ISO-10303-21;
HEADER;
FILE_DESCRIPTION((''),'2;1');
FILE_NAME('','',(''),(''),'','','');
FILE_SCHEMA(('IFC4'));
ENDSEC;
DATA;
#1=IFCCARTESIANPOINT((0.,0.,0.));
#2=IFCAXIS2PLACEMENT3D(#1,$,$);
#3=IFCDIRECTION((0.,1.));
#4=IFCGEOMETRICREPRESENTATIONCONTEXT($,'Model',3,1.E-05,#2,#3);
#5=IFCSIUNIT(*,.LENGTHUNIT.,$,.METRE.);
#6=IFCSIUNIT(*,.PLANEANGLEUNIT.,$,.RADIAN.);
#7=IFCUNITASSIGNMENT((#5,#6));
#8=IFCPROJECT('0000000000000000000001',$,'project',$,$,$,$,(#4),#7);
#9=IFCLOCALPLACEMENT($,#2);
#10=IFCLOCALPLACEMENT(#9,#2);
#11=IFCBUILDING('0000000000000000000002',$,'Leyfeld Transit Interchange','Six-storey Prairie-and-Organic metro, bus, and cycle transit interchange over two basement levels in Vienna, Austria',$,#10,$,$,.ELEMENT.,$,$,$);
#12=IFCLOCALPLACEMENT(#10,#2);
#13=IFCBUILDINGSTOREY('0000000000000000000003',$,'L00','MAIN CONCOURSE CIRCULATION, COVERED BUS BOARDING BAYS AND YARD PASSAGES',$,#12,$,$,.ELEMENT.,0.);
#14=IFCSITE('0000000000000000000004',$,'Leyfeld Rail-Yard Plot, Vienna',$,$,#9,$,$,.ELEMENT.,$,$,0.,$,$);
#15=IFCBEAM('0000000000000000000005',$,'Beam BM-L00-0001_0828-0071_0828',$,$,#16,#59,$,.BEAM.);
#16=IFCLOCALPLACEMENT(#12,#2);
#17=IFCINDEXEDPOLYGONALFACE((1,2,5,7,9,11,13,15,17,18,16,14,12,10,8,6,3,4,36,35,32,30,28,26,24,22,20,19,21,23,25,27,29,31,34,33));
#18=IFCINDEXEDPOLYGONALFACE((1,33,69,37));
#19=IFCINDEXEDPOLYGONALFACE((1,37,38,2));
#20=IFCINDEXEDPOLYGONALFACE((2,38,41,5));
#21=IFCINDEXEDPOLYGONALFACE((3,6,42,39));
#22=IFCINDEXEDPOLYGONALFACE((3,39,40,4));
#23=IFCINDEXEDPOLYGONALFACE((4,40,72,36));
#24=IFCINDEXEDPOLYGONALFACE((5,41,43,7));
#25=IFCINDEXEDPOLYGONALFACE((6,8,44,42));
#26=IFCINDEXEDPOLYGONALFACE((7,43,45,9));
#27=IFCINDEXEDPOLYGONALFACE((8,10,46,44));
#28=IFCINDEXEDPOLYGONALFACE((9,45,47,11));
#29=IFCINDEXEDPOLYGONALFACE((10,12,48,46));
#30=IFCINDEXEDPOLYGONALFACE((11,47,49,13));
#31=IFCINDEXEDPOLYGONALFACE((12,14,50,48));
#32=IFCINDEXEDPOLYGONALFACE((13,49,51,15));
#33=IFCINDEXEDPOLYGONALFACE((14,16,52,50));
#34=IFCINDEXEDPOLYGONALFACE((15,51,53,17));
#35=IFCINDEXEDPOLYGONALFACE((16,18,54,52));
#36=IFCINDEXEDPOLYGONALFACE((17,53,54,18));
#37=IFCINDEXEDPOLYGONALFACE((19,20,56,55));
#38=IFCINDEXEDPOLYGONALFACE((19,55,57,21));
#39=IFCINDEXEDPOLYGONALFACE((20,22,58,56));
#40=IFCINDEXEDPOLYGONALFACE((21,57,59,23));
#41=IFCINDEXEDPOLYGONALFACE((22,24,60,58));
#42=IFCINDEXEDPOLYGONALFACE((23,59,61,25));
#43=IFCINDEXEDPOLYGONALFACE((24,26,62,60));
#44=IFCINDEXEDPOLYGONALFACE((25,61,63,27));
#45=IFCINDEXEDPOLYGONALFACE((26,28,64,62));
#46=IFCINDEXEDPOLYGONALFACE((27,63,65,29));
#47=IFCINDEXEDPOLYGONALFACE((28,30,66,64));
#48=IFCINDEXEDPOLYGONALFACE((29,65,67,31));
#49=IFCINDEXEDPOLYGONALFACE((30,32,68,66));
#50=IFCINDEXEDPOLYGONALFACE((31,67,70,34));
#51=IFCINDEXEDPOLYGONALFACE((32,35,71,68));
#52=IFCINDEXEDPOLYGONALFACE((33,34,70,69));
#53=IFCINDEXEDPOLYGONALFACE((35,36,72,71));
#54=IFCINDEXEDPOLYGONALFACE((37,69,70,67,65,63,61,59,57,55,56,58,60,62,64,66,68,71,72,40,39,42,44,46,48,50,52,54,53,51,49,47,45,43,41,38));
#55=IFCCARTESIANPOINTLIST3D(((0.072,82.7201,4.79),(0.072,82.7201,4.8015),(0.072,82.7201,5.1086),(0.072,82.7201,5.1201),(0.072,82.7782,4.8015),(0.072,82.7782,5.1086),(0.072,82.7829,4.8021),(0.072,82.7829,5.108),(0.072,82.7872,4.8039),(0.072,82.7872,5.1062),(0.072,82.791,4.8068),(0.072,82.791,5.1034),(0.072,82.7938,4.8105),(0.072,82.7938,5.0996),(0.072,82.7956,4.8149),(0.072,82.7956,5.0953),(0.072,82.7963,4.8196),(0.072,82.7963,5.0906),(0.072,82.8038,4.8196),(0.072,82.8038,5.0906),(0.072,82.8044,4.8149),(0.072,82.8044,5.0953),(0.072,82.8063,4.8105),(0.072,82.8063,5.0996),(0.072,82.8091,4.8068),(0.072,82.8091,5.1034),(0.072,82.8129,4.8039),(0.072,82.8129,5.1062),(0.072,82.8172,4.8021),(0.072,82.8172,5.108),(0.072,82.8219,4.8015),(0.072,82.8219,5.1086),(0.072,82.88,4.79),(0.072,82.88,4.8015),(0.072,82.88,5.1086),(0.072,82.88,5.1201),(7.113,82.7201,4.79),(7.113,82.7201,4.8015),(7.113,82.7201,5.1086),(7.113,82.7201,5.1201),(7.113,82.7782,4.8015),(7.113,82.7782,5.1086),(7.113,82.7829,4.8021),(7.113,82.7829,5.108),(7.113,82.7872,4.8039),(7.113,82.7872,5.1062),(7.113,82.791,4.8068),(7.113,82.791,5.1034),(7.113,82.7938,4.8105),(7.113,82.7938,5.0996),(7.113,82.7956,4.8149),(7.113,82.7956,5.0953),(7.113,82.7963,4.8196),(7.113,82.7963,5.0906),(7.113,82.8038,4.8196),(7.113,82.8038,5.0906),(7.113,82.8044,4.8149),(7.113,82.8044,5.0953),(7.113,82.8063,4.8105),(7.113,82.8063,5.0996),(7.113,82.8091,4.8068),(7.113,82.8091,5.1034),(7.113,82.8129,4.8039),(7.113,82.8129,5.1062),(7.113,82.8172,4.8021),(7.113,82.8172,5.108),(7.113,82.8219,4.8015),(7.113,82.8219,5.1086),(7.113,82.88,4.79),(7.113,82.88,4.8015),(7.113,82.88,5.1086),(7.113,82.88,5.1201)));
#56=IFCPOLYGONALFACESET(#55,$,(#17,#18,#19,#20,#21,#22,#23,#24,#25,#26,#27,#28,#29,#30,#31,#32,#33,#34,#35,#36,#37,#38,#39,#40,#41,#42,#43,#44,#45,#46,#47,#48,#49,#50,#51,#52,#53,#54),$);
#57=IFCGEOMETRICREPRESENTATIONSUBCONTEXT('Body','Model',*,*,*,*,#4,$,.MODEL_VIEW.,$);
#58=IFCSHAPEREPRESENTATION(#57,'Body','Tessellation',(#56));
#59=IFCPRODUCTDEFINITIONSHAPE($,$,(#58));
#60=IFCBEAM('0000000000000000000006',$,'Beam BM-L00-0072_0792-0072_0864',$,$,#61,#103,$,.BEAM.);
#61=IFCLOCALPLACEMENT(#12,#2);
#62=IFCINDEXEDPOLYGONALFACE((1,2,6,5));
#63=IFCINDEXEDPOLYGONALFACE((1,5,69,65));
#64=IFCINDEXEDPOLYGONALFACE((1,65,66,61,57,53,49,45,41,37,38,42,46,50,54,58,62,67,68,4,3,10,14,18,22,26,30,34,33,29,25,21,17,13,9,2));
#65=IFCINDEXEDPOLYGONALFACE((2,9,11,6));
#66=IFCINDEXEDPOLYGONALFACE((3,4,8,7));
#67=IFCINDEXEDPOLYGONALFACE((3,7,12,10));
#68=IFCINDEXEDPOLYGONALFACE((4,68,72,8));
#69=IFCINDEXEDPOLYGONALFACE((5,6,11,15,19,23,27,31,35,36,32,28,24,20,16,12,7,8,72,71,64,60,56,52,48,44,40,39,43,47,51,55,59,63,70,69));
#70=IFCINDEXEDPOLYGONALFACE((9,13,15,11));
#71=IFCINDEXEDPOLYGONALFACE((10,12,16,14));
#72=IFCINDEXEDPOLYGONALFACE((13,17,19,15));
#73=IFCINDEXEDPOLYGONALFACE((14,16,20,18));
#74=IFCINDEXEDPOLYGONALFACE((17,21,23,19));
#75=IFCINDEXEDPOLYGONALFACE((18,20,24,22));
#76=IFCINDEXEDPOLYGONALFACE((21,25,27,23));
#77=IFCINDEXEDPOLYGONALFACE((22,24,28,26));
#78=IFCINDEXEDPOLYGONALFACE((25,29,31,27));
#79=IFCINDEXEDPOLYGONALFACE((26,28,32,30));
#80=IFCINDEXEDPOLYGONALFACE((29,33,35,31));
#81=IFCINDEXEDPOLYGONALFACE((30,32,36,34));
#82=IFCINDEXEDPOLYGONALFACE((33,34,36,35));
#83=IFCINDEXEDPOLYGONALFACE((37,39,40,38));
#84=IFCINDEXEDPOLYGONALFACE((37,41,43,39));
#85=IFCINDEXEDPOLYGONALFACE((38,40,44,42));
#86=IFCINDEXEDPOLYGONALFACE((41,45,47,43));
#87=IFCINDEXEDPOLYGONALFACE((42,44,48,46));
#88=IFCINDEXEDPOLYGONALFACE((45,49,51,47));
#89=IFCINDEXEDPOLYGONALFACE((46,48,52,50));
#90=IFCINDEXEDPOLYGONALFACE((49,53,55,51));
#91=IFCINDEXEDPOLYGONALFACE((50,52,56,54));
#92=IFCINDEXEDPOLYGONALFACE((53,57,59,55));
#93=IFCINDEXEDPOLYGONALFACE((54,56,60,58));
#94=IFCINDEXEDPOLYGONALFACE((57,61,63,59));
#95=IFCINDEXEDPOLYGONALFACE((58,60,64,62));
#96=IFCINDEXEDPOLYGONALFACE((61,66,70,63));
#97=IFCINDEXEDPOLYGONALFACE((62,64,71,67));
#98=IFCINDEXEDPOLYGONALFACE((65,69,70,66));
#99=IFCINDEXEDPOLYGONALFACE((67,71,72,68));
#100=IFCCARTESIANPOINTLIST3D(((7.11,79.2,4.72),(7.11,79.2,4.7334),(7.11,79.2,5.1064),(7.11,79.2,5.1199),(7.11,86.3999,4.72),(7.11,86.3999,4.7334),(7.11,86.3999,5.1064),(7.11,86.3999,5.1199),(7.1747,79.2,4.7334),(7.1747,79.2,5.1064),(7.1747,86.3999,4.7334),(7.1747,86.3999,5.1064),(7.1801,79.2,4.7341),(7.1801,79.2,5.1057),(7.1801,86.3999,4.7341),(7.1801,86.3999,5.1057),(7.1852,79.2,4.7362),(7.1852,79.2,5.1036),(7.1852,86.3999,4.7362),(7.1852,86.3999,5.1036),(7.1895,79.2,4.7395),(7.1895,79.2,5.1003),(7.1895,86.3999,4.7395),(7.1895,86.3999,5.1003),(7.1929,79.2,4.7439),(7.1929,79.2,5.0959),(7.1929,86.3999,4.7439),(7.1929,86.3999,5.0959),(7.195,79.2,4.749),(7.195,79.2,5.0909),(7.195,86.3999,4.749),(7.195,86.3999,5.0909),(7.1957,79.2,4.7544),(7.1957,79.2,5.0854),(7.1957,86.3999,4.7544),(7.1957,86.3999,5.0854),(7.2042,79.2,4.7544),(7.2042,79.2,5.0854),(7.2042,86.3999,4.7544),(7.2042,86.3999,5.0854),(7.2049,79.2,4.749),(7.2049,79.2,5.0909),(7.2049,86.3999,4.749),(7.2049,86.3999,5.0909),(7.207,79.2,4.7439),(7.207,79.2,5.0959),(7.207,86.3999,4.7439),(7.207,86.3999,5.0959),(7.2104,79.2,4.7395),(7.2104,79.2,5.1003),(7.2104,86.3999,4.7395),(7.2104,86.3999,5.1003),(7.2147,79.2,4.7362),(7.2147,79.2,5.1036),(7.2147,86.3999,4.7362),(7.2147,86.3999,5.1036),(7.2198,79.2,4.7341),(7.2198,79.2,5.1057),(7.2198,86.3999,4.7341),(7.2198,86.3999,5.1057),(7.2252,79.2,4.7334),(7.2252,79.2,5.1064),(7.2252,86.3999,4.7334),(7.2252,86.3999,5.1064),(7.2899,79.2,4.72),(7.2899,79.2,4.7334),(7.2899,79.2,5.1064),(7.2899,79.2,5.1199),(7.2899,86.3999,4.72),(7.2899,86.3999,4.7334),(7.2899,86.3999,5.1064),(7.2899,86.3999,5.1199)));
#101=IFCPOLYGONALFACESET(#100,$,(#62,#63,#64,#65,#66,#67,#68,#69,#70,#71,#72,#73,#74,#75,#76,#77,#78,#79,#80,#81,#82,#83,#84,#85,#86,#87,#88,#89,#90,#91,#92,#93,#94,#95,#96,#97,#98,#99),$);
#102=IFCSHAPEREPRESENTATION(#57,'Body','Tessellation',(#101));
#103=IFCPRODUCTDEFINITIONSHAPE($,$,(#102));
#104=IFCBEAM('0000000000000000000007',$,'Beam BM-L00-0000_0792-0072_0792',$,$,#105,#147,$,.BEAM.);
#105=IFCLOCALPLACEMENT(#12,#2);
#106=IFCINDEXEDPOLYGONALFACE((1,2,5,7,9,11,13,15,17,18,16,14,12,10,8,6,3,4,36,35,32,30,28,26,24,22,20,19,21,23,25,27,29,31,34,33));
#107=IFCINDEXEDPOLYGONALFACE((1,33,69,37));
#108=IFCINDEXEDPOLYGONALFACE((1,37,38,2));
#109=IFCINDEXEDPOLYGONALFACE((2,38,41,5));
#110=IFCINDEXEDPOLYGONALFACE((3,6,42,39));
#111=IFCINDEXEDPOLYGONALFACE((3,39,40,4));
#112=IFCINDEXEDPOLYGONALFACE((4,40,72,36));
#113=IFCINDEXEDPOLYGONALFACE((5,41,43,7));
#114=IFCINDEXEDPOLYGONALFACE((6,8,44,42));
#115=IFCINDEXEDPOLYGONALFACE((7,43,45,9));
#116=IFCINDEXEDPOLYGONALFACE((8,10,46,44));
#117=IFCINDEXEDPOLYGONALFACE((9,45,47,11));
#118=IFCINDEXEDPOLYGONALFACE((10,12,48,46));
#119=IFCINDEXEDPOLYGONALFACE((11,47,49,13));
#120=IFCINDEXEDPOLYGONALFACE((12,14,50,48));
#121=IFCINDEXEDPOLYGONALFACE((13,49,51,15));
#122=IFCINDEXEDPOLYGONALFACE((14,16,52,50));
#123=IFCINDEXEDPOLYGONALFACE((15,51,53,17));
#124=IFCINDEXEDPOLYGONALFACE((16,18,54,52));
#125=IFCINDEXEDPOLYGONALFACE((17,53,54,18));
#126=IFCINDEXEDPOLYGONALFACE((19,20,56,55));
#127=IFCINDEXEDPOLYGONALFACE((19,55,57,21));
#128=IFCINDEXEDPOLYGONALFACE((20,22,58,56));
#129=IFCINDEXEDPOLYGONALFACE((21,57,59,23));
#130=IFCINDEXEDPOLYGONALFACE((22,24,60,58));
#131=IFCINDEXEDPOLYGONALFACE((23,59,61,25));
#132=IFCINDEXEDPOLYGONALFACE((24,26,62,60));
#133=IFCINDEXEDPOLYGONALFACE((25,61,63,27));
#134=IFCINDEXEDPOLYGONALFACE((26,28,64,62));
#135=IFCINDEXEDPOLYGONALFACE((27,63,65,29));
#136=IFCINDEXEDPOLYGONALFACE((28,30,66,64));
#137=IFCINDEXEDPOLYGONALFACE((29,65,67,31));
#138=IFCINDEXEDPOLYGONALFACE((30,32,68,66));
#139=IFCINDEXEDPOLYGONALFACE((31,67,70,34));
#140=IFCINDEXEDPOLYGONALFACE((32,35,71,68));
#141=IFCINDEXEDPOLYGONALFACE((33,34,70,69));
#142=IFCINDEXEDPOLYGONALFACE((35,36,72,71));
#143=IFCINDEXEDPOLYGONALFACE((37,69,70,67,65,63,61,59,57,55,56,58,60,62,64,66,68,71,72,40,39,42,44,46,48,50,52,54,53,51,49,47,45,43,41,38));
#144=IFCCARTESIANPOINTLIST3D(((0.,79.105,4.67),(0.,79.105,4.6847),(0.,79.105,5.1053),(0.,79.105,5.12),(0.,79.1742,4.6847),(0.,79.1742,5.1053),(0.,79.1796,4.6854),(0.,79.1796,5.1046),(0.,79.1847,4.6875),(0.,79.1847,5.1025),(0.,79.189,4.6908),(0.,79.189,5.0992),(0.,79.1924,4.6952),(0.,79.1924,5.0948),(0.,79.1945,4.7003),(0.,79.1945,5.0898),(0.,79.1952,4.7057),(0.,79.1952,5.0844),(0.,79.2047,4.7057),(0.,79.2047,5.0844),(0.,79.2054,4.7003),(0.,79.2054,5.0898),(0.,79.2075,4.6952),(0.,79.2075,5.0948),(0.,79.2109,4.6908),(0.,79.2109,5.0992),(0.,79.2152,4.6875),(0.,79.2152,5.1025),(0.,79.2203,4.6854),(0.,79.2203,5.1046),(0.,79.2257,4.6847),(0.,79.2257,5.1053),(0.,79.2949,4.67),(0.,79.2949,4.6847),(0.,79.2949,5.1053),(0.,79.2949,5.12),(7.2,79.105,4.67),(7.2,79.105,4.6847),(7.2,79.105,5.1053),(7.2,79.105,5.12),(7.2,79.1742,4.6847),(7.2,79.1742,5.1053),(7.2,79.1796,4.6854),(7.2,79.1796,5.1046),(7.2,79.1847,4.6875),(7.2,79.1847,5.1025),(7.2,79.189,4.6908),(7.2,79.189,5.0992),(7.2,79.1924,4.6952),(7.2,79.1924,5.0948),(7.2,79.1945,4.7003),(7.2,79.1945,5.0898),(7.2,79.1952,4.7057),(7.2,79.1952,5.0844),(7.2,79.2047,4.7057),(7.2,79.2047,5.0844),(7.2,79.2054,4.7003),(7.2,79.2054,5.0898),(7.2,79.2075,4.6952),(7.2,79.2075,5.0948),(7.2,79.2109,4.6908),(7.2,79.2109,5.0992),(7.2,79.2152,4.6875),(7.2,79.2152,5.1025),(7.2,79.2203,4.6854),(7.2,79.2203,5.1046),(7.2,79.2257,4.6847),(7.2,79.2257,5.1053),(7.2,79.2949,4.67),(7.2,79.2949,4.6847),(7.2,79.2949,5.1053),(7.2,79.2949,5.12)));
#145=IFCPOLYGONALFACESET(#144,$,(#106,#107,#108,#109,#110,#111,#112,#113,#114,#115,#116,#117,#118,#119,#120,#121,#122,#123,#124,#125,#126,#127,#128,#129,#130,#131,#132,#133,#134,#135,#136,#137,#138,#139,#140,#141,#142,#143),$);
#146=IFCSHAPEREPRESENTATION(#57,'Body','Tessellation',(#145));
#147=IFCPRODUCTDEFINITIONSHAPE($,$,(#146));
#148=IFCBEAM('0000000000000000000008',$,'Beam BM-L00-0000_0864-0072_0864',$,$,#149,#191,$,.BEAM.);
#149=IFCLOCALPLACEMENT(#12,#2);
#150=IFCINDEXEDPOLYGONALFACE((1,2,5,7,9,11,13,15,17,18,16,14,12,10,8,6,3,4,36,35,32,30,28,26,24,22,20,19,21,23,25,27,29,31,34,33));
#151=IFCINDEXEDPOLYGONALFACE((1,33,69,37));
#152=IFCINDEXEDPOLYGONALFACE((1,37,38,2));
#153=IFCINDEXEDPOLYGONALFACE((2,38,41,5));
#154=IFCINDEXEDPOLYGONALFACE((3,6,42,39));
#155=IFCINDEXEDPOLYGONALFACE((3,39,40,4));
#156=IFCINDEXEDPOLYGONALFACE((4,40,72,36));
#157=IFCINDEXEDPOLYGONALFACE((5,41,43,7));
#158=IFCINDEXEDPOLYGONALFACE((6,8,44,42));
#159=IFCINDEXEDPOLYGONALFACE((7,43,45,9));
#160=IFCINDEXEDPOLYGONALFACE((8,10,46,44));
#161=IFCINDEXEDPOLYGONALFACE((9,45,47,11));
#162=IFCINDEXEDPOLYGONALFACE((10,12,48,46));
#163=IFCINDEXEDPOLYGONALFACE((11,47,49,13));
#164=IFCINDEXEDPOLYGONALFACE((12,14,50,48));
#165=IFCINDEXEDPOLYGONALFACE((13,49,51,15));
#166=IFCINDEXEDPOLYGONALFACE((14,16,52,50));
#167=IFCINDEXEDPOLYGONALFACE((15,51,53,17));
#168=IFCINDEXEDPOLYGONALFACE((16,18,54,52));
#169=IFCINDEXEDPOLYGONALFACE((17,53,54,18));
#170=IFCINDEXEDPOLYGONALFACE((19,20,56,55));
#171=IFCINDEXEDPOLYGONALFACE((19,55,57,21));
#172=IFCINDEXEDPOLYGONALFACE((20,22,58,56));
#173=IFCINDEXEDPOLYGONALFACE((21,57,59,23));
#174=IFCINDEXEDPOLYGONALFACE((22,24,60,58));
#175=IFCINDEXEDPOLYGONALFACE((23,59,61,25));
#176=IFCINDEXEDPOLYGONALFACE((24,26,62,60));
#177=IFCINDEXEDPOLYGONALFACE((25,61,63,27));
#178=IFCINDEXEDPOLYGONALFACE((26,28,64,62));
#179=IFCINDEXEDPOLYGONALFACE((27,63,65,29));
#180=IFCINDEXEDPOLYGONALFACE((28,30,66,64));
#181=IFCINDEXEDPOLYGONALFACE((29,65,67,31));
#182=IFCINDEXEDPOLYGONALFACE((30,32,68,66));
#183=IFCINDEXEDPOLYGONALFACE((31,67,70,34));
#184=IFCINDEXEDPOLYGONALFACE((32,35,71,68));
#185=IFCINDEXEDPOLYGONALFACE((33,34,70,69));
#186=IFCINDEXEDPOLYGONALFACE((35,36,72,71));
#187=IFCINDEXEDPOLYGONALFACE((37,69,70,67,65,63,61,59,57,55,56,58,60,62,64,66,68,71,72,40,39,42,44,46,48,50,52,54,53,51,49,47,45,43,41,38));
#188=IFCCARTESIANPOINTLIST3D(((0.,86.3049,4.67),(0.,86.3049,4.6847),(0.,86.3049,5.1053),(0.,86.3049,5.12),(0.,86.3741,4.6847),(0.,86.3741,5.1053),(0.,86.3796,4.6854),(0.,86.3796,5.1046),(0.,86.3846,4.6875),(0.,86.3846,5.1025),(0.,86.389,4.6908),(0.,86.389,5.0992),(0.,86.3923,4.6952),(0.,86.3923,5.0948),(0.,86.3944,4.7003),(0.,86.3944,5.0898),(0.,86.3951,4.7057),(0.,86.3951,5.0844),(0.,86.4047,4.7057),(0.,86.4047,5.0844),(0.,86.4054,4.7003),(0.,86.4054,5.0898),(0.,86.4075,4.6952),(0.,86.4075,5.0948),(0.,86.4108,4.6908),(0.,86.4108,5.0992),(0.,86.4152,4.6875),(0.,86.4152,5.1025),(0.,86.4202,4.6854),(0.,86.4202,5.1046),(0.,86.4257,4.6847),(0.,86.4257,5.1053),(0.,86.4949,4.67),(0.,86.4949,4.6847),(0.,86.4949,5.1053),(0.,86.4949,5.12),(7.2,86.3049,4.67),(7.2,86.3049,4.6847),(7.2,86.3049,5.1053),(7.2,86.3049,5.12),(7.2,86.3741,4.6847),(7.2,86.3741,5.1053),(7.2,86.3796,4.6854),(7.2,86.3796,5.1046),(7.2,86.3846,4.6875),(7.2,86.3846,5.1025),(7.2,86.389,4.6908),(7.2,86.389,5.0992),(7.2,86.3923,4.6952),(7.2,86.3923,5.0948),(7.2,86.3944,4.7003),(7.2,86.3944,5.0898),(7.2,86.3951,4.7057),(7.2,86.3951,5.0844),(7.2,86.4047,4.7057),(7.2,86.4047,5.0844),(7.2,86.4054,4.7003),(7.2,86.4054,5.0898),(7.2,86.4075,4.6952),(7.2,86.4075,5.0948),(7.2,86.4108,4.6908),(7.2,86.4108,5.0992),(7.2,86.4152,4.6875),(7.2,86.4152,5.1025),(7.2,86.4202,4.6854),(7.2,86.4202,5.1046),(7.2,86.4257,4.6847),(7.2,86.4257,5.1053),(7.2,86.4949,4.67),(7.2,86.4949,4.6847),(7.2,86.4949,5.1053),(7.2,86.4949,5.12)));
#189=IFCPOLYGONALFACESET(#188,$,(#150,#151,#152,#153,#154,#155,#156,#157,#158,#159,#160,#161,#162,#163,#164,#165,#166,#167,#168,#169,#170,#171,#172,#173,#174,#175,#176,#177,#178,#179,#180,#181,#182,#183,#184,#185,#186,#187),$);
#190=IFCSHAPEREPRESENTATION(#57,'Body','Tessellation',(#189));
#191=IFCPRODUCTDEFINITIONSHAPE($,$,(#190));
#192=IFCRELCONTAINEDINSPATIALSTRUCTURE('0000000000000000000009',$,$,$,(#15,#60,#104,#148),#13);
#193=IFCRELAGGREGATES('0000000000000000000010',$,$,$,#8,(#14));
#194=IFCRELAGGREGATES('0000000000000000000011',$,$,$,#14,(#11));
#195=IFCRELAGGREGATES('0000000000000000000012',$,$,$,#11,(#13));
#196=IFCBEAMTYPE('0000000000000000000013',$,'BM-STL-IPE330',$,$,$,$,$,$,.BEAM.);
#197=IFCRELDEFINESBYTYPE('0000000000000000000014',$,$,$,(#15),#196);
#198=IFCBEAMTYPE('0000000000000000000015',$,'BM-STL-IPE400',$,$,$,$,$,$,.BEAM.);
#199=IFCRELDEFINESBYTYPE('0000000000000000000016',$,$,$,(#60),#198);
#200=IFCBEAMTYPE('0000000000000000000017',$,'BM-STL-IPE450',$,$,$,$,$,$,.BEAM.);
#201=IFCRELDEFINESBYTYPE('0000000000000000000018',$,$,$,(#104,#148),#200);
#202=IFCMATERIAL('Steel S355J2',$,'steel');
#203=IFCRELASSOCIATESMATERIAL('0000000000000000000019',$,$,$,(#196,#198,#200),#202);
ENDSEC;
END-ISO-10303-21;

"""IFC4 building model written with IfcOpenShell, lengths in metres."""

from ifc_helpers import new_model, si_unit, direction, frame, origin, origin_2d, place, context, subcontext, project, spatial, i_section, extrude, material, material_profile, profile_set, type_object, element, save


model = new_model("IFC4")

# Units and contexts
model_context = context("Model", 3, precision=1e-05, world=origin(), true_north=direction((0.0, 1.0)))
body_context = subcontext(model_context, "Body", "Model", "MODEL_VIEW")
ifc_project = project(units=[si_unit("LENGTHUNIT", "METRE"), si_unit("PLANEANGLEUNIT", "RADIAN")], contexts=[model_context])

# Site, building, storey
site_placement = place(None, origin())
site = spatial("IfcSite", under=ifc_project, at=site_placement, Name="Leyfeld Rail-Yard Plot, Vienna", CompositionType="ELEMENT", RefElevation=0.0)
building_placement = place(site_placement, origin())
building = spatial("IfcBuilding", under=site, at=building_placement, Name="Leyfeld Transit Interchange", Description="Six-storey Prairie-and-Organic metro, bus, and cycle transit interchange over two basement levels in Vienna, Austria", CompositionType="ELEMENT")
storey_placement = place(building_placement, origin())
storey = spatial("IfcBuildingStorey", under=building, at=storey_placement, Name="L00", Description="MAIN CONCOURSE CIRCULATION, COVERED BUS BOARDING BAYS AND YARD PASSAGES", CompositionType="ELEMENT", Elevation=0.0)

# Beams
ifc_material_1 = material(Name="Steel S355J2", Category="steel")
ifc_material_profile_1 = material_profile(ifc_material_1, i_section(OverallWidth=0.1599, OverallDepth=0.3301, WebThickness=0.0076, FlangeThickness=0.0115, FilletRadius=0.0181, at=origin_2d()), Name="IPE 330")
ifc_profile_set_1 = profile_set([ifc_material_profile_1], Name="Steel S355J2")
beam_type_1 = type_object("IfcBeamType", Name="BM-STL-IPE330", PredefinedType="BEAM", material=ifc_profile_set_1)
beam_1_placement = place(storey_placement, frame((0.072, 82.8, 4.9551), z_axis=(1.0, 0.0, 0.0), x_axis=(0.0, 1.0, 0.0)))
element("IfcBeam", 1, at=beam_1_placement, inside=storey, type_object=beam_type_1, Name="Beam BM-L00-0001_0828-0071_0828", PredefinedType="BEAM", context=body_context, shape_type="SweptSolid", body=[
    extrude(i_section(OverallWidth=0.1599, OverallDepth=0.3301, WebThickness=0.0076, FlangeThickness=0.0115, FilletRadius=0.0181, at=origin_2d()), origin(), (0.0, 0.0, 1.0), 7.041),
])
ifc_material_profile_2 = material_profile(ifc_material_1, i_section(OverallWidth=0.1799, OverallDepth=0.3999, WebThickness=0.0085, FlangeThickness=0.0134, FilletRadius=0.021, at=origin_2d()), Name="IPE 400")
ifc_profile_set_2 = profile_set([ifc_material_profile_2], Name="Steel S355J2")
beam_type_2 = type_object("IfcBeamType", Name="BM-STL-IPE400", PredefinedType="BEAM", material=ifc_profile_set_2)
beam_2_placement = place(storey_placement, frame((7.2, 79.2, 4.9199), z_axis=(0.0, 1.0, 0.0), x_axis=(-1.0, 0.0, 0.0)))
element("IfcBeam", 2, at=beam_2_placement, inside=storey, type_object=beam_type_2, Name="Beam BM-L00-0072_0792-0072_0864", PredefinedType="BEAM", context=body_context, shape_type="SweptSolid", body=[
    extrude(i_section(OverallWidth=0.1799, OverallDepth=0.3999, WebThickness=0.0085, FlangeThickness=0.0134, FilletRadius=0.021, at=origin_2d()), origin(), (0.0, 0.0, 1.0), 7.2),
])
ifc_material_profile_3 = material_profile(ifc_material_1, i_section(OverallWidth=0.1899, OverallDepth=0.45, WebThickness=0.0095, FlangeThickness=0.0146, FilletRadius=0.021, at=origin_2d()), Name="IPE 450")
ifc_profile_set_3 = profile_set([ifc_material_profile_3], Name="Steel S355J2")
beam_type_3 = type_object("IfcBeamType", Name="BM-STL-IPE450", PredefinedType="BEAM", material=ifc_profile_set_3)
for number, where, z_axis, x_axis, name in (
    (3, (0.0, 79.2, 4.895), (1.0, 0.0, 0.0), (0.0, 1.0, 0.0), "Beam BM-L00-0000_0792-0072_0792"),
    (4, (0.0, 86.3999, 4.895), (1.0, 0.0, 0.0), (0.0, 1.0, 0.0), "Beam BM-L00-0000_0864-0072_0864"),
):
    element("IfcBeam", number, at=place(storey_placement, frame(where, z_axis=z_axis, x_axis=x_axis)), inside=storey, type_object=beam_type_3, Name=name, PredefinedType="BEAM", context=body_context, shape_type="SweptSolid", body=[
        extrude(i_section(OverallWidth=0.1899, OverallDepth=0.45, WebThickness=0.0095, FlangeThickness=0.0146, FilletRadius=0.021, at=origin_2d()), origin(), (0.0, 0.0, 1.0), 7.2),
    ])

save(model, "model.ifc")
